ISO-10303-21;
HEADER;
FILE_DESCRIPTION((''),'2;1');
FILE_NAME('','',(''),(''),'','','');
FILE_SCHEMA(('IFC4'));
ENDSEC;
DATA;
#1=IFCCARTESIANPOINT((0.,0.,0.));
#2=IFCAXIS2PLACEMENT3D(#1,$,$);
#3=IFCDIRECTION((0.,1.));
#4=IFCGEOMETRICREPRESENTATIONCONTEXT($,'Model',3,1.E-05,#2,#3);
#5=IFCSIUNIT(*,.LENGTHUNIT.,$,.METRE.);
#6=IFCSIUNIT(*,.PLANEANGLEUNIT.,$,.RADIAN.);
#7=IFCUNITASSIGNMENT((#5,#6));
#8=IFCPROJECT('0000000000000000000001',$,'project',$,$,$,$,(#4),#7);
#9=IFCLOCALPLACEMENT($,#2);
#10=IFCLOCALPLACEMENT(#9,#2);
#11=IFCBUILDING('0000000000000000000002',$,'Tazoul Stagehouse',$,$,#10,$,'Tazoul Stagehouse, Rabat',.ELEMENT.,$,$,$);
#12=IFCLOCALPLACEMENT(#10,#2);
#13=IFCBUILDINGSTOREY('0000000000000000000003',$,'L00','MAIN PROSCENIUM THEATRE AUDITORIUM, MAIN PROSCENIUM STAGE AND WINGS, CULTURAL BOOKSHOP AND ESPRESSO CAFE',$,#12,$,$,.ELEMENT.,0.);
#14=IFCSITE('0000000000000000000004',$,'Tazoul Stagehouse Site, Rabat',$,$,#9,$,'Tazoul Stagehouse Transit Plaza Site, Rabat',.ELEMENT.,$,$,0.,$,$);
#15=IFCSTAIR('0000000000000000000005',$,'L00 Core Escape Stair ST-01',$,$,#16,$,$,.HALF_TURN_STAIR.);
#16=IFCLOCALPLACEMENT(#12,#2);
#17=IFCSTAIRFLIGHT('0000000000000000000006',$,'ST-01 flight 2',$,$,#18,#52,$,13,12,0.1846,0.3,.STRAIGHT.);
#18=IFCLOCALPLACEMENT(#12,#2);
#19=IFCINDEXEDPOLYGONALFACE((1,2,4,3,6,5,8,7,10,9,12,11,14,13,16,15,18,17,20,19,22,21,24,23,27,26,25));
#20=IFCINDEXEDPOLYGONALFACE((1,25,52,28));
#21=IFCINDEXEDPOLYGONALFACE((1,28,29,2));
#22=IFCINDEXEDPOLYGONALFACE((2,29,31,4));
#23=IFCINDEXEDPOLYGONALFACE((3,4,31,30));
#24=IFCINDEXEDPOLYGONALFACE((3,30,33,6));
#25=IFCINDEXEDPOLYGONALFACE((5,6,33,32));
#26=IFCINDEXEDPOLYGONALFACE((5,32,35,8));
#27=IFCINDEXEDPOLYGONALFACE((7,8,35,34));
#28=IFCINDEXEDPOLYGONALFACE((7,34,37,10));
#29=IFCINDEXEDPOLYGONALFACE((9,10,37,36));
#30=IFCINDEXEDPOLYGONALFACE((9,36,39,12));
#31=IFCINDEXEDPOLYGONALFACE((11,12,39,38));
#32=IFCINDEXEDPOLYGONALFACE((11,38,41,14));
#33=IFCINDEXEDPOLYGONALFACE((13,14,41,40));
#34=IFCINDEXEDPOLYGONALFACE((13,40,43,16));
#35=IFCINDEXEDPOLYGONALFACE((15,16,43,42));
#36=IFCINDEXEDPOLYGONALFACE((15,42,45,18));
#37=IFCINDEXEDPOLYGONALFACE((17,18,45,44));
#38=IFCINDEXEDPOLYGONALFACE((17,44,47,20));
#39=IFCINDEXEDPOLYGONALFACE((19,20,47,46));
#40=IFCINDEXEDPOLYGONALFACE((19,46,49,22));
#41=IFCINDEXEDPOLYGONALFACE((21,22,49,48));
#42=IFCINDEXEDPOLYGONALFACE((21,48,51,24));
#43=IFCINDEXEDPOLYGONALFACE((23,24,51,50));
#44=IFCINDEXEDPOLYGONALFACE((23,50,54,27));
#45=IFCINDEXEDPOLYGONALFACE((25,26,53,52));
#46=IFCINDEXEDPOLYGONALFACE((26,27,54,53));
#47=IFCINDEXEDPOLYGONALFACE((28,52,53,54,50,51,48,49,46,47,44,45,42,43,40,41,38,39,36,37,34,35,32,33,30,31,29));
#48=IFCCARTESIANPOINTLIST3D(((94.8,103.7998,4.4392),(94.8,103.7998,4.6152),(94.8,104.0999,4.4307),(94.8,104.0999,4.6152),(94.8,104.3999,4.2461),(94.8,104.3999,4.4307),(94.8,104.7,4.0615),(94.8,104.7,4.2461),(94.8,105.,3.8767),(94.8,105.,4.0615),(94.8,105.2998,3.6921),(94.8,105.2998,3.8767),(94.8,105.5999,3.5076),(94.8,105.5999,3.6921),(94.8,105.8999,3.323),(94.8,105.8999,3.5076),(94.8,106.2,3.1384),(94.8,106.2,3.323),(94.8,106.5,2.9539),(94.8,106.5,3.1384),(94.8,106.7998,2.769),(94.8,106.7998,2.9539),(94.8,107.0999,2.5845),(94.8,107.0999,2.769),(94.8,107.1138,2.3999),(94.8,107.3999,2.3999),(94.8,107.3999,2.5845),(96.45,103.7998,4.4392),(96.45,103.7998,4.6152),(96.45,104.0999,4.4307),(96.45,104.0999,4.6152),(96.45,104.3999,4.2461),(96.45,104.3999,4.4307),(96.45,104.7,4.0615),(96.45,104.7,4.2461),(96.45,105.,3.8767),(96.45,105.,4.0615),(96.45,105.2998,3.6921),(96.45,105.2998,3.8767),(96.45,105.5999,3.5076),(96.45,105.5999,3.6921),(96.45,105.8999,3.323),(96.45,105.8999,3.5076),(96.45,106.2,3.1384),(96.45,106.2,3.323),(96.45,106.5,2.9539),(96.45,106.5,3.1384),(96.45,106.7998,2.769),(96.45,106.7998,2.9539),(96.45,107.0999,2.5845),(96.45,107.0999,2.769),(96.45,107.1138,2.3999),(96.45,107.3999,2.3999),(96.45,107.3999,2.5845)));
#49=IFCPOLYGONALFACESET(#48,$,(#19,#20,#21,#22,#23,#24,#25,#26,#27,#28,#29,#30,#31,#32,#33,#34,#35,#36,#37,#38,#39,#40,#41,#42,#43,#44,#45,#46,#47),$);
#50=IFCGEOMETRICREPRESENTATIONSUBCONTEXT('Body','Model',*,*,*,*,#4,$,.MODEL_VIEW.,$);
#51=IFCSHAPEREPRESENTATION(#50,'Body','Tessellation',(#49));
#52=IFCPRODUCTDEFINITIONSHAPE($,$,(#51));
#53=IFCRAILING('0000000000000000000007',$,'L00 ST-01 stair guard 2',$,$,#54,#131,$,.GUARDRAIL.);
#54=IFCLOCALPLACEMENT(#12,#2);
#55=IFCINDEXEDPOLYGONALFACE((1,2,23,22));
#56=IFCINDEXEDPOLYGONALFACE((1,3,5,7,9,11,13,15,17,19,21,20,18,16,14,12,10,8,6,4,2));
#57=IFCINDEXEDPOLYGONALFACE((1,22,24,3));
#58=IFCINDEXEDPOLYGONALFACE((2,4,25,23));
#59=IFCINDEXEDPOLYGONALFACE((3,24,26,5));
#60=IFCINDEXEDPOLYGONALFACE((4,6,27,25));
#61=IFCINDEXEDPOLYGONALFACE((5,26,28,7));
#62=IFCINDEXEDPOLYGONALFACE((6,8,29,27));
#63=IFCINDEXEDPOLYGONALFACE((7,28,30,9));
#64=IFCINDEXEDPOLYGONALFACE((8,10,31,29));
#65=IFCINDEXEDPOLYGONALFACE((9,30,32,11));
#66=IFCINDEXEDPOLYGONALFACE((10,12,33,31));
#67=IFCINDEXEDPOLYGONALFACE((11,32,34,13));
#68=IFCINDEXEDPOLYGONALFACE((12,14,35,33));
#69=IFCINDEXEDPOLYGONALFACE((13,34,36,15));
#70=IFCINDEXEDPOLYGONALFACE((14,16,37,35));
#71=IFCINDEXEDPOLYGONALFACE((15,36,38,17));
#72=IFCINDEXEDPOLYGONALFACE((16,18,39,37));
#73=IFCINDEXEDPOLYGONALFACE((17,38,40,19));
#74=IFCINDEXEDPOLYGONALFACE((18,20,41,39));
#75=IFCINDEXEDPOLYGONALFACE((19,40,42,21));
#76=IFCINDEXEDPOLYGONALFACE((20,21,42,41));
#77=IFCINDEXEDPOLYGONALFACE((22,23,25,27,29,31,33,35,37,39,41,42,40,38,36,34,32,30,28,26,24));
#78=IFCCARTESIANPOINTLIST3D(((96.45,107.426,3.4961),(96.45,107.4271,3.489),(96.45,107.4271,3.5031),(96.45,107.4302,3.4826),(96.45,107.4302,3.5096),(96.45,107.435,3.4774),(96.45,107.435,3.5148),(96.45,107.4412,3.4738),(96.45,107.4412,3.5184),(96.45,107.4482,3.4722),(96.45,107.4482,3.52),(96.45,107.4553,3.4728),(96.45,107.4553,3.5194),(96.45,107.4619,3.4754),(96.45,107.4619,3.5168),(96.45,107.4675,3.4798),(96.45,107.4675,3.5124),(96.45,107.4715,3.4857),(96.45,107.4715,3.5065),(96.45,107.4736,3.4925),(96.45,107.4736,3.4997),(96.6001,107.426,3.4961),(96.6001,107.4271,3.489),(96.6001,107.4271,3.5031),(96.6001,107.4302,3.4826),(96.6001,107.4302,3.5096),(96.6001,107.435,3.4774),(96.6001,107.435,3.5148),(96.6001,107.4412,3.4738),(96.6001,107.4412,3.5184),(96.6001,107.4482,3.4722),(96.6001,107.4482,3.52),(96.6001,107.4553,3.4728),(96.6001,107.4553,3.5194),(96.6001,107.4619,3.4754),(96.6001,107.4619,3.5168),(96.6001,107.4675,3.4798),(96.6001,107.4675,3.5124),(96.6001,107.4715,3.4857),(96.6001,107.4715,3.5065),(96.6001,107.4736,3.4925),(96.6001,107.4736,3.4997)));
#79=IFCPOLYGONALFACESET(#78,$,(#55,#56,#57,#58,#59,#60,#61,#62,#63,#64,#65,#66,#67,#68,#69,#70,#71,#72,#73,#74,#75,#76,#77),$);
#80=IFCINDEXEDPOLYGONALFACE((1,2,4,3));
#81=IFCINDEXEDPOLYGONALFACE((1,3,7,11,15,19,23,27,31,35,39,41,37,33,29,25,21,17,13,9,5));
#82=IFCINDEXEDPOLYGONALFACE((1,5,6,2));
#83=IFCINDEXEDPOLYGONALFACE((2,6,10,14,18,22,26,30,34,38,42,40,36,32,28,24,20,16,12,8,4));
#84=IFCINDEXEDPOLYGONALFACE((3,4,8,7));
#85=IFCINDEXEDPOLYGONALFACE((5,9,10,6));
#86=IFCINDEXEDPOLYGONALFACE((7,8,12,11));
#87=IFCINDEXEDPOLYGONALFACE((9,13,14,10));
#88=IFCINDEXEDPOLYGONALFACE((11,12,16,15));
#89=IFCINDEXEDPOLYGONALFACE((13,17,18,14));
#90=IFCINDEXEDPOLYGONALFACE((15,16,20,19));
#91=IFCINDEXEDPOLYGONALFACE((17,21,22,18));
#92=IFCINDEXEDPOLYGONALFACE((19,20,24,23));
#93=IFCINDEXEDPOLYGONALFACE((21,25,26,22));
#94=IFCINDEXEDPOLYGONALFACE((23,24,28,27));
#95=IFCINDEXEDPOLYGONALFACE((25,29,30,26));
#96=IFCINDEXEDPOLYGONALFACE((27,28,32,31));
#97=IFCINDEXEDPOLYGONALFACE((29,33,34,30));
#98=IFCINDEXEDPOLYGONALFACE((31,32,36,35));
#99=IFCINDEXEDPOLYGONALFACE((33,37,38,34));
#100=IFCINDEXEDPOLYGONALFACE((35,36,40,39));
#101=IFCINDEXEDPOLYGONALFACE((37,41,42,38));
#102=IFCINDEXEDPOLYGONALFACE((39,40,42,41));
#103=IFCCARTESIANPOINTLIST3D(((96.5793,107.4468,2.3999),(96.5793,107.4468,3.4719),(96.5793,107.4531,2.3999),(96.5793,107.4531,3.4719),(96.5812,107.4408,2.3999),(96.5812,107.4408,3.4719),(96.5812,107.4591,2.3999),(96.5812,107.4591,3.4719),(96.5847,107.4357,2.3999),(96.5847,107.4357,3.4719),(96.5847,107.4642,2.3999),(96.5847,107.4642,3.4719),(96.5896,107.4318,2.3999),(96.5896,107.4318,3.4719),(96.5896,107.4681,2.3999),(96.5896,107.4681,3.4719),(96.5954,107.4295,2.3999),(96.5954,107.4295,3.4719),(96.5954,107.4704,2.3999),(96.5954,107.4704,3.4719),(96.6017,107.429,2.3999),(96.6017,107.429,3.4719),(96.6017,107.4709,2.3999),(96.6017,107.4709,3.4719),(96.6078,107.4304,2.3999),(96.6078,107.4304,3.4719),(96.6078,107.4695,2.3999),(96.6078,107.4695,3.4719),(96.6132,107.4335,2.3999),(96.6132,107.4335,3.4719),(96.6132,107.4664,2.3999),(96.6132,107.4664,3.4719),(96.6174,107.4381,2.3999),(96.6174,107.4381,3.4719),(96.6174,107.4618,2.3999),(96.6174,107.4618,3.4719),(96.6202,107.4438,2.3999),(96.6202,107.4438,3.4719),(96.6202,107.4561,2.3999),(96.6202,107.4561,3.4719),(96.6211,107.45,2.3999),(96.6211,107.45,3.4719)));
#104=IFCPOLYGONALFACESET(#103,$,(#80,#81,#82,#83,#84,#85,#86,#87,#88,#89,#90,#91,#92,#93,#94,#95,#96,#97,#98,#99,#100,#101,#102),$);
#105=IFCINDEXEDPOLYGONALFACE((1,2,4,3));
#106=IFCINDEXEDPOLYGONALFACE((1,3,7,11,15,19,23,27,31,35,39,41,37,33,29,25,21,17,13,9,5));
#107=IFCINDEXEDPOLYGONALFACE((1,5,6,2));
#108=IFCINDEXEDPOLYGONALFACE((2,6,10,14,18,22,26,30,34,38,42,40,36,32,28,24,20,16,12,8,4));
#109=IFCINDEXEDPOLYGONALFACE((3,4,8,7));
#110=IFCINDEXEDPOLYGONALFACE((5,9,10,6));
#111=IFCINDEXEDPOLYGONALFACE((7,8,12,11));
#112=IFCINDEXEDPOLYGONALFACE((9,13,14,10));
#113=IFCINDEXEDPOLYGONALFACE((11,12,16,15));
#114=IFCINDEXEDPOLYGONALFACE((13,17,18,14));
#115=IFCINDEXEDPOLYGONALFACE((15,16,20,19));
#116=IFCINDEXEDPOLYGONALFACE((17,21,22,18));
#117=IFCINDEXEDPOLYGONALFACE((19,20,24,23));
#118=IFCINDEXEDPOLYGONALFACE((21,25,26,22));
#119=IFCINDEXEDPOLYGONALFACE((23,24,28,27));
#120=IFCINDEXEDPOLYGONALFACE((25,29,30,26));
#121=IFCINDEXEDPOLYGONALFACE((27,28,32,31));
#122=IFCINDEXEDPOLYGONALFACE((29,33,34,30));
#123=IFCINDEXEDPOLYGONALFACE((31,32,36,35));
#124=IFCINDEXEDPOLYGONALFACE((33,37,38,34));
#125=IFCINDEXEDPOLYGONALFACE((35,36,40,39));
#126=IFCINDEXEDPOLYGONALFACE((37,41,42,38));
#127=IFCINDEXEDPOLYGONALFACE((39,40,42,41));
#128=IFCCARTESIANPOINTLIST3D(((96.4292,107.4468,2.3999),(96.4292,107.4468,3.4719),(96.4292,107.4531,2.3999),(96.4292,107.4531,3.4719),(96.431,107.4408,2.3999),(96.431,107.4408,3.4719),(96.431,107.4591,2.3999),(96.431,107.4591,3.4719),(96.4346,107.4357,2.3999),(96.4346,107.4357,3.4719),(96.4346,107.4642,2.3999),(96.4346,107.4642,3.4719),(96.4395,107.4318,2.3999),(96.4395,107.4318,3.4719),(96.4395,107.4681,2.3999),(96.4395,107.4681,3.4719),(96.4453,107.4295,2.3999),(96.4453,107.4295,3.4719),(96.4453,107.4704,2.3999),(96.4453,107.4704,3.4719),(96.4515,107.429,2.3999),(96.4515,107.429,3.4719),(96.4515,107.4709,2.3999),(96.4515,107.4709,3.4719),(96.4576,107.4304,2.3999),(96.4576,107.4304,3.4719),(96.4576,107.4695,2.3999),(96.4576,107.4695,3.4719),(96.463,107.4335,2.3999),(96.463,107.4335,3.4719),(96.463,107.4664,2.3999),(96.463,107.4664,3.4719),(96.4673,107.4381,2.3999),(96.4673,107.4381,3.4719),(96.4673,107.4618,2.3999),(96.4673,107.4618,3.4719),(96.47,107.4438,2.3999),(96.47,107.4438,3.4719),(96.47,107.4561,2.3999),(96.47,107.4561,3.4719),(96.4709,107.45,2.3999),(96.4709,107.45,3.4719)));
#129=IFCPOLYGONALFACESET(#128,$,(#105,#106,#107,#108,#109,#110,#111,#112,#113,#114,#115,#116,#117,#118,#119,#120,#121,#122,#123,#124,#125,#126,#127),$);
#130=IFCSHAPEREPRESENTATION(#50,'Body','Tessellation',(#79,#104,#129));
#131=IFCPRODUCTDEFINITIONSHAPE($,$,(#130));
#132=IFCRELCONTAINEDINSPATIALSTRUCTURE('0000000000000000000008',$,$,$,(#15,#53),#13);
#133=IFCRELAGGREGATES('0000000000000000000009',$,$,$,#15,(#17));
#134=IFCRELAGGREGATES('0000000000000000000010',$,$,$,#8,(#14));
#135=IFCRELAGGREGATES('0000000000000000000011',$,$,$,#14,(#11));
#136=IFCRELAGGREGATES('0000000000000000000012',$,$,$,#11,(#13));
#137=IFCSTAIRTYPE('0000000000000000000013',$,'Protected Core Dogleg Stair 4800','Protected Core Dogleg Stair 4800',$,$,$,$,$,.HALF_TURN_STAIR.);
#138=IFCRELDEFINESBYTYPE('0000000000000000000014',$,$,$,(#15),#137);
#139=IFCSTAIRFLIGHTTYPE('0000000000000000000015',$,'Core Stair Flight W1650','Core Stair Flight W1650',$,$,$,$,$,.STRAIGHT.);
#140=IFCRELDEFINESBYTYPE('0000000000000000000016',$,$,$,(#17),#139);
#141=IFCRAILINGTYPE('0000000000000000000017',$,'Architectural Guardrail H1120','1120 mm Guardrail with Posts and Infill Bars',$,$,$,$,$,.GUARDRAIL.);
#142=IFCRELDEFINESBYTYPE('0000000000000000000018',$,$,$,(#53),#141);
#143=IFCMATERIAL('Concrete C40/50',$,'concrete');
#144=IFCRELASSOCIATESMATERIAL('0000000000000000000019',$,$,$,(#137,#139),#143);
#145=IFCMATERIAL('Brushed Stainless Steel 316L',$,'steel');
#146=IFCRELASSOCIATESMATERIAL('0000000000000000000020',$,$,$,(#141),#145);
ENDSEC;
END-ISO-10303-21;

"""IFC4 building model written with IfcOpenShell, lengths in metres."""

from ifc_helpers import new_model, si_unit, direction, frame, origin, origin_2d, place, context, subcontext, project, spatial, polyline, circle, outline, extrude, material, material_profile, profile_set, type_object, element, aggregate, save


model = new_model("IFC4")

# Units and contexts
model_context = context("Model", 3, precision=1e-05, world=origin(), true_north=direction((0.0, 1.0)))
body_context = subcontext(model_context, "Body", "Model", "MODEL_VIEW")
ifc_project = project(units=[si_unit("LENGTHUNIT", "METRE"), si_unit("PLANEANGLEUNIT", "RADIAN")], contexts=[model_context])

# Site, building, storey
site_placement = place(None, origin())
site = spatial("IfcSite", under=ifc_project, at=site_placement, Name="Tazoul Stagehouse Site, Rabat", LongName="Tazoul Stagehouse Transit Plaza Site, Rabat", CompositionType="ELEMENT", RefElevation=0.0)
building_placement = place(site_placement, origin())
building = spatial("IfcBuilding", under=site, at=building_placement, Name="Tazoul Stagehouse", LongName="Tazoul Stagehouse, Rabat", CompositionType="ELEMENT")
storey_placement = place(building_placement, origin())
storey = spatial("IfcBuildingStorey", under=building, at=storey_placement, Name="L00", Description="MAIN PROSCENIUM THEATRE AUDITORIUM, MAIN PROSCENIUM STAGE AND WINGS, CULTURAL BOOKSHOP AND ESPRESSO CAFE", CompositionType="ELEMENT", Elevation=0.0)

# Shared definitions
ifc_material_1 = material(Name="Concrete C40/50", Category="concrete")

# Stair, stair flight
stair_type = type_object("IfcStairType", Name="Protected Core Dogleg Stair 4800", Description="Protected Core Dogleg Stair 4800", PredefinedType="HALF_TURN_STAIR", material=ifc_material_1)
stair_placement = place(storey_placement, origin())
stair = element("IfcStair", 1, at=stair_placement, inside=storey, type_object=stair_type, Name="L00 Core Escape Stair ST-01", PredefinedType="HALF_TURN_STAIR")
stair_flight_type = type_object("IfcStairFlightType", Name="Core Stair Flight W1650", Description="Core Stair Flight W1650", PredefinedType="STRAIGHT", material=ifc_material_1)
stair_flight_placement = place(storey_placement, frame((95.625, 107.3999, 2.3999), z_axis=(0.0, 0.0, 1.0), x_axis=(0.0, -1.0, 0.0)))
stair_flight = element("IfcStairFlight", 2, at=stair_flight_placement, type_object=stair_flight_type, Name="ST-01 flight 2", NumberOfRisers=13, NumberOfTreads=12, PredefinedType="STRAIGHT", RiserHeight=0.1846, TreadLength=0.3, context=body_context, shape_type="SweptSolid", body=[
    extrude(outline(polyline([(0.0, 0.0), (0.0, 0.1846), (0.3, 0.1846), (0.3, 0.3691), (0.6001, 0.3691), (0.6001, 0.554), (0.8999, 0.554), (0.8999, 0.7385), (1.2, 0.7385), (1.2, 0.9231), (1.5, 0.9231), (1.5, 1.1077), (1.8, 1.1077), (1.8, 1.2922), (2.1001, 1.2922), (2.1001, 1.4768), (2.3999, 1.4768), (2.3999, 1.6616), (2.7, 1.6616), (2.7, 1.8462), (3.0, 1.8462), (3.0, 2.0308), (3.3, 2.0308), (3.3, 2.2153), (3.6001, 2.2153), (3.6001, 2.3999), (3.6001, 2.0393), (0.2861, 0.0), (0.0, 0.0)])), frame((0.0, 0.825, 0.0), z_axis=(0.0, -1.0, 0.0), x_axis=(1.0, 0.0, 0.0)), (0.0, 0.0, 1.0), 1.6499),
])
aggregate(stair, [stair_flight])

# Railing
ifc_material_2 = material(Name="Brushed Stainless Steel 316L", Category="steel")
ifc_material_profile_1 = material_profile(ifc_material_2, circle(Radius=0.0239, at=origin_2d()), Name="SS RAIL D48")
ifc_profile_set_1 = profile_set([ifc_material_profile_1], Name="Brushed Stainless Steel 316L")
railing_type_1 = type_object("IfcRailingType", Name="Architectural Guardrail H1120", Description="1120 mm Guardrail with Posts and Infill Bars", PredefinedType="GUARDRAIL", material=ifc_profile_set_1)
railing_1_placement = place(storey_placement, frame((96.6001, 107.45, 2.3999)))
element("IfcRailing", 3, at=railing_1_placement, inside=storey, type_object=railing_type_1, Name="L00 ST-01 stair guard 2", PredefinedType="GUARDRAIL", context=body_context, shape_type="SweptSolid", body=[
    extrude(circle(Radius=0.0239, at=origin_2d()), frame((0.0, 0.0, 1.0962), z_axis=(-1.0, 0.0, 0.0), x_axis=(0.0, -1.0, 0.0)), (0.0, 0.0, 1.0), 0.1501),
    extrude(circle(Radius=0.021, at=origin_2d()), origin(), (0.0, 0.0, 1.0), 1.072),
    extrude(circle(Radius=0.021, at=origin_2d()), frame((-0.1501, 0.0, 0.0)), (0.0, 0.0, 1.0), 1.072),
])

save(model, "model.ifc")
